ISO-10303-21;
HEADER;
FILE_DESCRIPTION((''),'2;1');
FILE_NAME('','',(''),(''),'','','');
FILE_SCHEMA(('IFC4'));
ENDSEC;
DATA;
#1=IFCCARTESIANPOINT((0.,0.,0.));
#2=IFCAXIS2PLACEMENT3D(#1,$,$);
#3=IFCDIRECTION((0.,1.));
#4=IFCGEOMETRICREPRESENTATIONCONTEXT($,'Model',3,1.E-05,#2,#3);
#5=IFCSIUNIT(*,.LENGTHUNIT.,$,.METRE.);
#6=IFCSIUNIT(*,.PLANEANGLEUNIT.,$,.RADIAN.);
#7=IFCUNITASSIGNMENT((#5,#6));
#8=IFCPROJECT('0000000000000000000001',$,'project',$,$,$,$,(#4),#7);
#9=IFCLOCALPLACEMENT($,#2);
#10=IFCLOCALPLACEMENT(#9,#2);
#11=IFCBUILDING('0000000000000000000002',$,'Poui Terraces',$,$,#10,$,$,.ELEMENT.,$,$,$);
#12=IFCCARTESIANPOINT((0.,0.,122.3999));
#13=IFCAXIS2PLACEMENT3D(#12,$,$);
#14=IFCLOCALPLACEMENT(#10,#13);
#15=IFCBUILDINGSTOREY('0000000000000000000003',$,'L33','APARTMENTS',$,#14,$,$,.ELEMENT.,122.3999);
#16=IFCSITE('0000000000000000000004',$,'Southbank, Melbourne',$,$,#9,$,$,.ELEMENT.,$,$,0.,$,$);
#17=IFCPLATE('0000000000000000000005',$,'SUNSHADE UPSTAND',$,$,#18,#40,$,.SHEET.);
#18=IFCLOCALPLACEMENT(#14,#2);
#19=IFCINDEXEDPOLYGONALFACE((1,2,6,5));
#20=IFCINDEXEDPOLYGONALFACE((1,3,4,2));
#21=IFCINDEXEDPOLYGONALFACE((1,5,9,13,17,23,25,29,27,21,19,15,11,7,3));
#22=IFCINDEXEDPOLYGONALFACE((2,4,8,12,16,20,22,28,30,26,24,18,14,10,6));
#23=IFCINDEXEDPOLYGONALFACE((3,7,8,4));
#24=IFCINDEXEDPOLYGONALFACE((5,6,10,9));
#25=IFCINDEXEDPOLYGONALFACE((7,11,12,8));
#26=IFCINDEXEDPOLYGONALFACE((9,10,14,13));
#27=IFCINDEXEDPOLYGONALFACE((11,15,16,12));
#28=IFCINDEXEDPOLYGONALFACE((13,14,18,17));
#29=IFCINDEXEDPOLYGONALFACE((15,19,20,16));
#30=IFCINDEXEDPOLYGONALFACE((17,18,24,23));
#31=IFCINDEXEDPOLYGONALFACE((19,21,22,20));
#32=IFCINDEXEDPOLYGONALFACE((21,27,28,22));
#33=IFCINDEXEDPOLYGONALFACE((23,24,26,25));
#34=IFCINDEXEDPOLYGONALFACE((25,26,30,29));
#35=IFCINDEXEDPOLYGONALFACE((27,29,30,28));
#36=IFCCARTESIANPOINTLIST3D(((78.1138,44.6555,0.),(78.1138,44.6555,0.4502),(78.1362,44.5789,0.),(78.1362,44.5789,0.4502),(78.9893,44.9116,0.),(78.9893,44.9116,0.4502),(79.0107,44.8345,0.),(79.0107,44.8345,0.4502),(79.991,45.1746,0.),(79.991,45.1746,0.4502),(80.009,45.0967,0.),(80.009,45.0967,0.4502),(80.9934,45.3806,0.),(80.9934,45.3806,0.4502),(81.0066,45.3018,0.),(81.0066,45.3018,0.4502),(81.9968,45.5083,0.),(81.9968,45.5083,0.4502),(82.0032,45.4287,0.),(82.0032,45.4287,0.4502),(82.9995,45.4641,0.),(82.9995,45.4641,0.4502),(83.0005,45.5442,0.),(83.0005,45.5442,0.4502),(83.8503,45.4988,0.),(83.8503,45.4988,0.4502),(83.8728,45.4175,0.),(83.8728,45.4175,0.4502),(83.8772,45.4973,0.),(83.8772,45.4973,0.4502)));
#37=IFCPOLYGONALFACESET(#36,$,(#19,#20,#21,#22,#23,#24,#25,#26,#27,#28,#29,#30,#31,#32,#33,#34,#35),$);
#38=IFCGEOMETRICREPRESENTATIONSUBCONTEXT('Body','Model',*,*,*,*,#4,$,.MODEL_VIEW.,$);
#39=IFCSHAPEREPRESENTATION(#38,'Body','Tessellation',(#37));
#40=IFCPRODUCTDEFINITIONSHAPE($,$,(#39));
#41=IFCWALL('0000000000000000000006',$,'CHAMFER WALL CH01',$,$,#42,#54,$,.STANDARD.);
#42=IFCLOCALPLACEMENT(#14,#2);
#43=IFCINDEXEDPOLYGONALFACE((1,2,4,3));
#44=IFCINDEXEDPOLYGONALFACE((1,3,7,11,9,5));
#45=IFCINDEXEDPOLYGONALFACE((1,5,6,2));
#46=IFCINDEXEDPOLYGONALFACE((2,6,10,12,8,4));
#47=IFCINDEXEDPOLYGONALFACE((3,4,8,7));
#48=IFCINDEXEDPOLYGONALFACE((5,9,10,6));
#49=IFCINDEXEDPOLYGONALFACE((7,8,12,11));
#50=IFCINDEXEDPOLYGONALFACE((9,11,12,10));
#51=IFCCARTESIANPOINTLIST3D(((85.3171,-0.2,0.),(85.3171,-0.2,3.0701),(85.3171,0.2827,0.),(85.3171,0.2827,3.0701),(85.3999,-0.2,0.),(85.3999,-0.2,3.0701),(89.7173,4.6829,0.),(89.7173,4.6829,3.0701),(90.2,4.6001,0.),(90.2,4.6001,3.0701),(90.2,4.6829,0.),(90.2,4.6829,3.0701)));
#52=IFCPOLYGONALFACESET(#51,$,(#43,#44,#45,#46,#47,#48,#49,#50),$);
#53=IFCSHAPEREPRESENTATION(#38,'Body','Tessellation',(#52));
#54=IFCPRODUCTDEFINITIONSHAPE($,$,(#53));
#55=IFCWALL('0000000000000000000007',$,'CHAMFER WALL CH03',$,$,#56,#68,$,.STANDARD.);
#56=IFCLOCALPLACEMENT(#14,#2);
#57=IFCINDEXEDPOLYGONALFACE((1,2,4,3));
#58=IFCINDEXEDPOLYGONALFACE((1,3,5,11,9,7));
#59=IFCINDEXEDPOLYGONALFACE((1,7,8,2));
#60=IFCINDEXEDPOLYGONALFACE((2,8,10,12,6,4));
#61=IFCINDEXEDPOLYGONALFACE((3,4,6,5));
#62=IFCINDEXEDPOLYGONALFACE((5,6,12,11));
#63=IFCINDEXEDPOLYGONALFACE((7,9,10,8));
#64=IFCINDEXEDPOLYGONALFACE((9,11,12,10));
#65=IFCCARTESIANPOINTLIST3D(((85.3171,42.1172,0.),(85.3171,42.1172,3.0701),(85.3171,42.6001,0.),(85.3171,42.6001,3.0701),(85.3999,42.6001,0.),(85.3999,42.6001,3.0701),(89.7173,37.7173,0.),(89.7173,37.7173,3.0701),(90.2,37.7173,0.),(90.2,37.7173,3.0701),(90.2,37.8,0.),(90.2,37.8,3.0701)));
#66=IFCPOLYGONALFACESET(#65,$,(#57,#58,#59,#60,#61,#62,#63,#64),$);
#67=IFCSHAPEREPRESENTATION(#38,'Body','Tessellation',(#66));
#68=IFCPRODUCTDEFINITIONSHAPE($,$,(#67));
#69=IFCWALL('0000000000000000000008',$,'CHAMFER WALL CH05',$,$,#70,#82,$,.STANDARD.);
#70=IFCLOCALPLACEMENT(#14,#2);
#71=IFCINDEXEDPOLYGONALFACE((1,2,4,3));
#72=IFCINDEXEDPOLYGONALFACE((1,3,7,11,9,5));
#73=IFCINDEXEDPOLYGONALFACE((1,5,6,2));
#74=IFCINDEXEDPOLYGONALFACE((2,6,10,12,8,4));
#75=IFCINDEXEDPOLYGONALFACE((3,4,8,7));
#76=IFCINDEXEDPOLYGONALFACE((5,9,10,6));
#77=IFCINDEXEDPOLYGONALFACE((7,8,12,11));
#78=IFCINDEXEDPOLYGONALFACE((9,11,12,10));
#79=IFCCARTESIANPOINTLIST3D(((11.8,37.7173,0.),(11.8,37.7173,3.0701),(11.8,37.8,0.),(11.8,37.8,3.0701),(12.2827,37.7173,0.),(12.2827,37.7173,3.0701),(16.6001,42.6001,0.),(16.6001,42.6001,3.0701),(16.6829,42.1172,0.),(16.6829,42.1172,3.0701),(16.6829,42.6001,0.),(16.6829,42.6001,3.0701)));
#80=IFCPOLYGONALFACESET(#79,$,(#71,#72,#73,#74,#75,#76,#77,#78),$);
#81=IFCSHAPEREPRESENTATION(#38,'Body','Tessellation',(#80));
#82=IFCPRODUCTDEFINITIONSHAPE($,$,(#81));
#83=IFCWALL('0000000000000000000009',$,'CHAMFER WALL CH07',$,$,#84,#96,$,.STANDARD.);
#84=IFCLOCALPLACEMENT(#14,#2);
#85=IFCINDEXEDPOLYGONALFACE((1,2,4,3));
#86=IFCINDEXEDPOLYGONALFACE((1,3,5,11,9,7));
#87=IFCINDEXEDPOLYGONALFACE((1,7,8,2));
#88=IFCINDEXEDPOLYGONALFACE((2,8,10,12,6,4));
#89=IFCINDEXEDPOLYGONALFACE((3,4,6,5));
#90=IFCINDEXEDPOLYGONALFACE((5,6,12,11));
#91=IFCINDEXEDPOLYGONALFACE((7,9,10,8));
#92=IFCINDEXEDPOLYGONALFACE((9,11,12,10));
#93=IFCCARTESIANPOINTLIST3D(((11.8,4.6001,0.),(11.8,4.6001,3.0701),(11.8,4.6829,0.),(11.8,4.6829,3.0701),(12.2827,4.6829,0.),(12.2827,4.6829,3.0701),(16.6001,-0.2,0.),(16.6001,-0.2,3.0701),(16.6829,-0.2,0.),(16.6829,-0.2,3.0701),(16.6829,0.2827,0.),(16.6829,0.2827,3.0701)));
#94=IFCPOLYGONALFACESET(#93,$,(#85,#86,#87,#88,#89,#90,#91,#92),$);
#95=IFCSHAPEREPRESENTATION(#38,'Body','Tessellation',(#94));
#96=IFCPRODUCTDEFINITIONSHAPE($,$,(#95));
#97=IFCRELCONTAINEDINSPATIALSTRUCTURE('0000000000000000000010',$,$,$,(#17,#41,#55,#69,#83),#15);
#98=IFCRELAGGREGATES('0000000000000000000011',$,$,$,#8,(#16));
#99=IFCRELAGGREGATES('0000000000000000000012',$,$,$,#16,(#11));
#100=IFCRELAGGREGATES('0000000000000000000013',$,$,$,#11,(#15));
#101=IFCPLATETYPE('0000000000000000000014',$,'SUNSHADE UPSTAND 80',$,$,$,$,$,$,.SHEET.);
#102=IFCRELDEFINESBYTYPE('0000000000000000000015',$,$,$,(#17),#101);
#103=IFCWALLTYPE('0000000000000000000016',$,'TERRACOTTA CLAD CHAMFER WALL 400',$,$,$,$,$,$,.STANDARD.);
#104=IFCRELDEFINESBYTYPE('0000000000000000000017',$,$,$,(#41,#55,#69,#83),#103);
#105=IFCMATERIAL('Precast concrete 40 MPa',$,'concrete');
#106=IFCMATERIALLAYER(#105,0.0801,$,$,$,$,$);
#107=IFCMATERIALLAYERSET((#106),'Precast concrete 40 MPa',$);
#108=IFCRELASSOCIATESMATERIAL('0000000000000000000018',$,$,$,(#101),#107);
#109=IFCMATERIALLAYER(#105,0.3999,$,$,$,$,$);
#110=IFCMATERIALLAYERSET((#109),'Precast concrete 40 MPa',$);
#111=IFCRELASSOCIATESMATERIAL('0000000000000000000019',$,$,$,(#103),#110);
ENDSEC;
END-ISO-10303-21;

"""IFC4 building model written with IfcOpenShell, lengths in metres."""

from ifc_helpers import new_model, si_unit, direction, frame, origin, place, context, subcontext, project, spatial, polyline, outline, extrude, material, layer, layer_set, type_object, element, save


model = new_model("IFC4")

# Units and contexts
model_context = context("Model", 3, precision=1e-05, world=origin(), true_north=direction((0.0, 1.0)))
body_context = subcontext(model_context, "Body", "Model", "MODEL_VIEW")
ifc_project = project(units=[si_unit("LENGTHUNIT", "METRE"), si_unit("PLANEANGLEUNIT", "RADIAN")], contexts=[model_context])

# Site, building, storey
site_placement = place(None, origin())
site = spatial("IfcSite", under=ifc_project, at=site_placement, Name="Southbank, Melbourne", CompositionType="ELEMENT", RefElevation=0.0)
building_placement = place(site_placement, origin())
building = spatial("IfcBuilding", under=site, at=building_placement, Name="Poui Terraces", CompositionType="ELEMENT")
storey_placement = place(building_placement, frame((0.0, 0.0, 122.3999)))
storey = spatial("IfcBuildingStorey", under=building, at=storey_placement, Name="L33", Description="APARTMENTS", CompositionType="ELEMENT", Elevation=122.3999)

# Shared definitions
ifc_material_1 = material(Name="Precast concrete 40 MPa", Category="concrete")

# Plate
ifc_layer_1 = layer(ifc_material_1, 0.0801)
ifc_layer_set_1 = layer_set([ifc_layer_1], Name="Precast concrete 40 MPa")
plate_type = type_object("IfcPlateType", Name="SUNSHADE UPSTAND 80", PredefinedType="SHEET", material=ifc_layer_set_1)
plate_1_placement = place(storey_placement, origin())
element("IfcPlate", 1, at=plate_1_placement, inside=storey, type_object=plate_type, Name="SUNSHADE UPSTAND", PredefinedType="SHEET", context=body_context, shape_type="SweptSolid", body=[
    extrude(outline(polyline([(78.9893, 44.9116), (78.1138, 44.6555), (78.1362, 44.5789), (79.0107, 44.8345), (80.009, 45.0967), (81.0066, 45.3018), (82.0032, 45.4287), (82.9995, 45.4641), (83.8728, 45.4175), (83.8772, 45.4973), (83.8503, 45.4988), (83.0005, 45.5442), (81.9968, 45.5083), (80.9934, 45.3806), (79.991, 45.1746), (78.9893, 44.9116)])), origin(), (0.0, 0.0, 1.0), 0.4502),
])

# Walls
ifc_layer_2 = layer(ifc_material_1, 0.3999)
ifc_layer_set_2 = layer_set([ifc_layer_2], Name="Precast concrete 40 MPa")
wall_type = type_object("IfcWallType", Name="TERRACOTTA CLAD CHAMFER WALL 400", PredefinedType="STANDARD", material=ifc_layer_set_2)
wall_1_placement = place(storey_placement, origin())
element("IfcWall", 2, at=wall_1_placement, inside=storey, type_object=wall_type, Name="CHAMFER WALL CH01", PredefinedType="STANDARD", context=body_context, shape_type="SweptSolid", body=[
    extrude(outline(polyline([(85.3171, -0.2), (85.3999, -0.2), (90.2, 4.6001), (90.2, 4.6829), (89.7173, 4.6829), (85.3171, 0.2827), (85.3171, -0.2)])), origin(), (0.0, 0.0, 1.0), 3.0701),
])
wall_2_placement = place(storey_placement, origin())
element("IfcWall", 3, at=wall_2_placement, inside=storey, type_object=wall_type, Name="CHAMFER WALL CH03", PredefinedType="STANDARD", context=body_context, shape_type="SweptSolid", body=[
    extrude(outline(polyline([(90.2, 37.7173), (90.2, 37.8), (85.3999, 42.6001), (85.3171, 42.6001), (85.3171, 42.1172), (89.7173, 37.7173), (90.2, 37.7173)])), origin(), (0.0, 0.0, 1.0), 3.0701),
])
wall_3_placement = place(storey_placement, origin())
element("IfcWall", 4, at=wall_3_placement, inside=storey, type_object=wall_type, Name="CHAMFER WALL CH05", PredefinedType="STANDARD", context=body_context, shape_type="SweptSolid", body=[
    extrude(outline(polyline([(16.6829, 42.6001), (16.6001, 42.6001), (11.8, 37.8), (11.8, 37.7173), (12.2827, 37.7173), (16.6829, 42.1172), (16.6829, 42.6001)])), origin(), (0.0, 0.0, 1.0), 3.0701),
])
wall_4_placement = place(storey_placement, origin())
element("IfcWall", 5, at=wall_4_placement, inside=storey, type_object=wall_type, Name="CHAMFER WALL CH07", PredefinedType="STANDARD", context=body_context, shape_type="SweptSolid", body=[
    extrude(outline(polyline([(11.8, 4.6829), (11.8, 4.6001), (16.6001, -0.2), (16.6829, -0.2), (16.6829, 0.2827), (12.2827, 4.6829), (11.8, 4.6829)])), origin(), (0.0, 0.0, 1.0), 3.0701),
])

save(model, "model.ifc")
